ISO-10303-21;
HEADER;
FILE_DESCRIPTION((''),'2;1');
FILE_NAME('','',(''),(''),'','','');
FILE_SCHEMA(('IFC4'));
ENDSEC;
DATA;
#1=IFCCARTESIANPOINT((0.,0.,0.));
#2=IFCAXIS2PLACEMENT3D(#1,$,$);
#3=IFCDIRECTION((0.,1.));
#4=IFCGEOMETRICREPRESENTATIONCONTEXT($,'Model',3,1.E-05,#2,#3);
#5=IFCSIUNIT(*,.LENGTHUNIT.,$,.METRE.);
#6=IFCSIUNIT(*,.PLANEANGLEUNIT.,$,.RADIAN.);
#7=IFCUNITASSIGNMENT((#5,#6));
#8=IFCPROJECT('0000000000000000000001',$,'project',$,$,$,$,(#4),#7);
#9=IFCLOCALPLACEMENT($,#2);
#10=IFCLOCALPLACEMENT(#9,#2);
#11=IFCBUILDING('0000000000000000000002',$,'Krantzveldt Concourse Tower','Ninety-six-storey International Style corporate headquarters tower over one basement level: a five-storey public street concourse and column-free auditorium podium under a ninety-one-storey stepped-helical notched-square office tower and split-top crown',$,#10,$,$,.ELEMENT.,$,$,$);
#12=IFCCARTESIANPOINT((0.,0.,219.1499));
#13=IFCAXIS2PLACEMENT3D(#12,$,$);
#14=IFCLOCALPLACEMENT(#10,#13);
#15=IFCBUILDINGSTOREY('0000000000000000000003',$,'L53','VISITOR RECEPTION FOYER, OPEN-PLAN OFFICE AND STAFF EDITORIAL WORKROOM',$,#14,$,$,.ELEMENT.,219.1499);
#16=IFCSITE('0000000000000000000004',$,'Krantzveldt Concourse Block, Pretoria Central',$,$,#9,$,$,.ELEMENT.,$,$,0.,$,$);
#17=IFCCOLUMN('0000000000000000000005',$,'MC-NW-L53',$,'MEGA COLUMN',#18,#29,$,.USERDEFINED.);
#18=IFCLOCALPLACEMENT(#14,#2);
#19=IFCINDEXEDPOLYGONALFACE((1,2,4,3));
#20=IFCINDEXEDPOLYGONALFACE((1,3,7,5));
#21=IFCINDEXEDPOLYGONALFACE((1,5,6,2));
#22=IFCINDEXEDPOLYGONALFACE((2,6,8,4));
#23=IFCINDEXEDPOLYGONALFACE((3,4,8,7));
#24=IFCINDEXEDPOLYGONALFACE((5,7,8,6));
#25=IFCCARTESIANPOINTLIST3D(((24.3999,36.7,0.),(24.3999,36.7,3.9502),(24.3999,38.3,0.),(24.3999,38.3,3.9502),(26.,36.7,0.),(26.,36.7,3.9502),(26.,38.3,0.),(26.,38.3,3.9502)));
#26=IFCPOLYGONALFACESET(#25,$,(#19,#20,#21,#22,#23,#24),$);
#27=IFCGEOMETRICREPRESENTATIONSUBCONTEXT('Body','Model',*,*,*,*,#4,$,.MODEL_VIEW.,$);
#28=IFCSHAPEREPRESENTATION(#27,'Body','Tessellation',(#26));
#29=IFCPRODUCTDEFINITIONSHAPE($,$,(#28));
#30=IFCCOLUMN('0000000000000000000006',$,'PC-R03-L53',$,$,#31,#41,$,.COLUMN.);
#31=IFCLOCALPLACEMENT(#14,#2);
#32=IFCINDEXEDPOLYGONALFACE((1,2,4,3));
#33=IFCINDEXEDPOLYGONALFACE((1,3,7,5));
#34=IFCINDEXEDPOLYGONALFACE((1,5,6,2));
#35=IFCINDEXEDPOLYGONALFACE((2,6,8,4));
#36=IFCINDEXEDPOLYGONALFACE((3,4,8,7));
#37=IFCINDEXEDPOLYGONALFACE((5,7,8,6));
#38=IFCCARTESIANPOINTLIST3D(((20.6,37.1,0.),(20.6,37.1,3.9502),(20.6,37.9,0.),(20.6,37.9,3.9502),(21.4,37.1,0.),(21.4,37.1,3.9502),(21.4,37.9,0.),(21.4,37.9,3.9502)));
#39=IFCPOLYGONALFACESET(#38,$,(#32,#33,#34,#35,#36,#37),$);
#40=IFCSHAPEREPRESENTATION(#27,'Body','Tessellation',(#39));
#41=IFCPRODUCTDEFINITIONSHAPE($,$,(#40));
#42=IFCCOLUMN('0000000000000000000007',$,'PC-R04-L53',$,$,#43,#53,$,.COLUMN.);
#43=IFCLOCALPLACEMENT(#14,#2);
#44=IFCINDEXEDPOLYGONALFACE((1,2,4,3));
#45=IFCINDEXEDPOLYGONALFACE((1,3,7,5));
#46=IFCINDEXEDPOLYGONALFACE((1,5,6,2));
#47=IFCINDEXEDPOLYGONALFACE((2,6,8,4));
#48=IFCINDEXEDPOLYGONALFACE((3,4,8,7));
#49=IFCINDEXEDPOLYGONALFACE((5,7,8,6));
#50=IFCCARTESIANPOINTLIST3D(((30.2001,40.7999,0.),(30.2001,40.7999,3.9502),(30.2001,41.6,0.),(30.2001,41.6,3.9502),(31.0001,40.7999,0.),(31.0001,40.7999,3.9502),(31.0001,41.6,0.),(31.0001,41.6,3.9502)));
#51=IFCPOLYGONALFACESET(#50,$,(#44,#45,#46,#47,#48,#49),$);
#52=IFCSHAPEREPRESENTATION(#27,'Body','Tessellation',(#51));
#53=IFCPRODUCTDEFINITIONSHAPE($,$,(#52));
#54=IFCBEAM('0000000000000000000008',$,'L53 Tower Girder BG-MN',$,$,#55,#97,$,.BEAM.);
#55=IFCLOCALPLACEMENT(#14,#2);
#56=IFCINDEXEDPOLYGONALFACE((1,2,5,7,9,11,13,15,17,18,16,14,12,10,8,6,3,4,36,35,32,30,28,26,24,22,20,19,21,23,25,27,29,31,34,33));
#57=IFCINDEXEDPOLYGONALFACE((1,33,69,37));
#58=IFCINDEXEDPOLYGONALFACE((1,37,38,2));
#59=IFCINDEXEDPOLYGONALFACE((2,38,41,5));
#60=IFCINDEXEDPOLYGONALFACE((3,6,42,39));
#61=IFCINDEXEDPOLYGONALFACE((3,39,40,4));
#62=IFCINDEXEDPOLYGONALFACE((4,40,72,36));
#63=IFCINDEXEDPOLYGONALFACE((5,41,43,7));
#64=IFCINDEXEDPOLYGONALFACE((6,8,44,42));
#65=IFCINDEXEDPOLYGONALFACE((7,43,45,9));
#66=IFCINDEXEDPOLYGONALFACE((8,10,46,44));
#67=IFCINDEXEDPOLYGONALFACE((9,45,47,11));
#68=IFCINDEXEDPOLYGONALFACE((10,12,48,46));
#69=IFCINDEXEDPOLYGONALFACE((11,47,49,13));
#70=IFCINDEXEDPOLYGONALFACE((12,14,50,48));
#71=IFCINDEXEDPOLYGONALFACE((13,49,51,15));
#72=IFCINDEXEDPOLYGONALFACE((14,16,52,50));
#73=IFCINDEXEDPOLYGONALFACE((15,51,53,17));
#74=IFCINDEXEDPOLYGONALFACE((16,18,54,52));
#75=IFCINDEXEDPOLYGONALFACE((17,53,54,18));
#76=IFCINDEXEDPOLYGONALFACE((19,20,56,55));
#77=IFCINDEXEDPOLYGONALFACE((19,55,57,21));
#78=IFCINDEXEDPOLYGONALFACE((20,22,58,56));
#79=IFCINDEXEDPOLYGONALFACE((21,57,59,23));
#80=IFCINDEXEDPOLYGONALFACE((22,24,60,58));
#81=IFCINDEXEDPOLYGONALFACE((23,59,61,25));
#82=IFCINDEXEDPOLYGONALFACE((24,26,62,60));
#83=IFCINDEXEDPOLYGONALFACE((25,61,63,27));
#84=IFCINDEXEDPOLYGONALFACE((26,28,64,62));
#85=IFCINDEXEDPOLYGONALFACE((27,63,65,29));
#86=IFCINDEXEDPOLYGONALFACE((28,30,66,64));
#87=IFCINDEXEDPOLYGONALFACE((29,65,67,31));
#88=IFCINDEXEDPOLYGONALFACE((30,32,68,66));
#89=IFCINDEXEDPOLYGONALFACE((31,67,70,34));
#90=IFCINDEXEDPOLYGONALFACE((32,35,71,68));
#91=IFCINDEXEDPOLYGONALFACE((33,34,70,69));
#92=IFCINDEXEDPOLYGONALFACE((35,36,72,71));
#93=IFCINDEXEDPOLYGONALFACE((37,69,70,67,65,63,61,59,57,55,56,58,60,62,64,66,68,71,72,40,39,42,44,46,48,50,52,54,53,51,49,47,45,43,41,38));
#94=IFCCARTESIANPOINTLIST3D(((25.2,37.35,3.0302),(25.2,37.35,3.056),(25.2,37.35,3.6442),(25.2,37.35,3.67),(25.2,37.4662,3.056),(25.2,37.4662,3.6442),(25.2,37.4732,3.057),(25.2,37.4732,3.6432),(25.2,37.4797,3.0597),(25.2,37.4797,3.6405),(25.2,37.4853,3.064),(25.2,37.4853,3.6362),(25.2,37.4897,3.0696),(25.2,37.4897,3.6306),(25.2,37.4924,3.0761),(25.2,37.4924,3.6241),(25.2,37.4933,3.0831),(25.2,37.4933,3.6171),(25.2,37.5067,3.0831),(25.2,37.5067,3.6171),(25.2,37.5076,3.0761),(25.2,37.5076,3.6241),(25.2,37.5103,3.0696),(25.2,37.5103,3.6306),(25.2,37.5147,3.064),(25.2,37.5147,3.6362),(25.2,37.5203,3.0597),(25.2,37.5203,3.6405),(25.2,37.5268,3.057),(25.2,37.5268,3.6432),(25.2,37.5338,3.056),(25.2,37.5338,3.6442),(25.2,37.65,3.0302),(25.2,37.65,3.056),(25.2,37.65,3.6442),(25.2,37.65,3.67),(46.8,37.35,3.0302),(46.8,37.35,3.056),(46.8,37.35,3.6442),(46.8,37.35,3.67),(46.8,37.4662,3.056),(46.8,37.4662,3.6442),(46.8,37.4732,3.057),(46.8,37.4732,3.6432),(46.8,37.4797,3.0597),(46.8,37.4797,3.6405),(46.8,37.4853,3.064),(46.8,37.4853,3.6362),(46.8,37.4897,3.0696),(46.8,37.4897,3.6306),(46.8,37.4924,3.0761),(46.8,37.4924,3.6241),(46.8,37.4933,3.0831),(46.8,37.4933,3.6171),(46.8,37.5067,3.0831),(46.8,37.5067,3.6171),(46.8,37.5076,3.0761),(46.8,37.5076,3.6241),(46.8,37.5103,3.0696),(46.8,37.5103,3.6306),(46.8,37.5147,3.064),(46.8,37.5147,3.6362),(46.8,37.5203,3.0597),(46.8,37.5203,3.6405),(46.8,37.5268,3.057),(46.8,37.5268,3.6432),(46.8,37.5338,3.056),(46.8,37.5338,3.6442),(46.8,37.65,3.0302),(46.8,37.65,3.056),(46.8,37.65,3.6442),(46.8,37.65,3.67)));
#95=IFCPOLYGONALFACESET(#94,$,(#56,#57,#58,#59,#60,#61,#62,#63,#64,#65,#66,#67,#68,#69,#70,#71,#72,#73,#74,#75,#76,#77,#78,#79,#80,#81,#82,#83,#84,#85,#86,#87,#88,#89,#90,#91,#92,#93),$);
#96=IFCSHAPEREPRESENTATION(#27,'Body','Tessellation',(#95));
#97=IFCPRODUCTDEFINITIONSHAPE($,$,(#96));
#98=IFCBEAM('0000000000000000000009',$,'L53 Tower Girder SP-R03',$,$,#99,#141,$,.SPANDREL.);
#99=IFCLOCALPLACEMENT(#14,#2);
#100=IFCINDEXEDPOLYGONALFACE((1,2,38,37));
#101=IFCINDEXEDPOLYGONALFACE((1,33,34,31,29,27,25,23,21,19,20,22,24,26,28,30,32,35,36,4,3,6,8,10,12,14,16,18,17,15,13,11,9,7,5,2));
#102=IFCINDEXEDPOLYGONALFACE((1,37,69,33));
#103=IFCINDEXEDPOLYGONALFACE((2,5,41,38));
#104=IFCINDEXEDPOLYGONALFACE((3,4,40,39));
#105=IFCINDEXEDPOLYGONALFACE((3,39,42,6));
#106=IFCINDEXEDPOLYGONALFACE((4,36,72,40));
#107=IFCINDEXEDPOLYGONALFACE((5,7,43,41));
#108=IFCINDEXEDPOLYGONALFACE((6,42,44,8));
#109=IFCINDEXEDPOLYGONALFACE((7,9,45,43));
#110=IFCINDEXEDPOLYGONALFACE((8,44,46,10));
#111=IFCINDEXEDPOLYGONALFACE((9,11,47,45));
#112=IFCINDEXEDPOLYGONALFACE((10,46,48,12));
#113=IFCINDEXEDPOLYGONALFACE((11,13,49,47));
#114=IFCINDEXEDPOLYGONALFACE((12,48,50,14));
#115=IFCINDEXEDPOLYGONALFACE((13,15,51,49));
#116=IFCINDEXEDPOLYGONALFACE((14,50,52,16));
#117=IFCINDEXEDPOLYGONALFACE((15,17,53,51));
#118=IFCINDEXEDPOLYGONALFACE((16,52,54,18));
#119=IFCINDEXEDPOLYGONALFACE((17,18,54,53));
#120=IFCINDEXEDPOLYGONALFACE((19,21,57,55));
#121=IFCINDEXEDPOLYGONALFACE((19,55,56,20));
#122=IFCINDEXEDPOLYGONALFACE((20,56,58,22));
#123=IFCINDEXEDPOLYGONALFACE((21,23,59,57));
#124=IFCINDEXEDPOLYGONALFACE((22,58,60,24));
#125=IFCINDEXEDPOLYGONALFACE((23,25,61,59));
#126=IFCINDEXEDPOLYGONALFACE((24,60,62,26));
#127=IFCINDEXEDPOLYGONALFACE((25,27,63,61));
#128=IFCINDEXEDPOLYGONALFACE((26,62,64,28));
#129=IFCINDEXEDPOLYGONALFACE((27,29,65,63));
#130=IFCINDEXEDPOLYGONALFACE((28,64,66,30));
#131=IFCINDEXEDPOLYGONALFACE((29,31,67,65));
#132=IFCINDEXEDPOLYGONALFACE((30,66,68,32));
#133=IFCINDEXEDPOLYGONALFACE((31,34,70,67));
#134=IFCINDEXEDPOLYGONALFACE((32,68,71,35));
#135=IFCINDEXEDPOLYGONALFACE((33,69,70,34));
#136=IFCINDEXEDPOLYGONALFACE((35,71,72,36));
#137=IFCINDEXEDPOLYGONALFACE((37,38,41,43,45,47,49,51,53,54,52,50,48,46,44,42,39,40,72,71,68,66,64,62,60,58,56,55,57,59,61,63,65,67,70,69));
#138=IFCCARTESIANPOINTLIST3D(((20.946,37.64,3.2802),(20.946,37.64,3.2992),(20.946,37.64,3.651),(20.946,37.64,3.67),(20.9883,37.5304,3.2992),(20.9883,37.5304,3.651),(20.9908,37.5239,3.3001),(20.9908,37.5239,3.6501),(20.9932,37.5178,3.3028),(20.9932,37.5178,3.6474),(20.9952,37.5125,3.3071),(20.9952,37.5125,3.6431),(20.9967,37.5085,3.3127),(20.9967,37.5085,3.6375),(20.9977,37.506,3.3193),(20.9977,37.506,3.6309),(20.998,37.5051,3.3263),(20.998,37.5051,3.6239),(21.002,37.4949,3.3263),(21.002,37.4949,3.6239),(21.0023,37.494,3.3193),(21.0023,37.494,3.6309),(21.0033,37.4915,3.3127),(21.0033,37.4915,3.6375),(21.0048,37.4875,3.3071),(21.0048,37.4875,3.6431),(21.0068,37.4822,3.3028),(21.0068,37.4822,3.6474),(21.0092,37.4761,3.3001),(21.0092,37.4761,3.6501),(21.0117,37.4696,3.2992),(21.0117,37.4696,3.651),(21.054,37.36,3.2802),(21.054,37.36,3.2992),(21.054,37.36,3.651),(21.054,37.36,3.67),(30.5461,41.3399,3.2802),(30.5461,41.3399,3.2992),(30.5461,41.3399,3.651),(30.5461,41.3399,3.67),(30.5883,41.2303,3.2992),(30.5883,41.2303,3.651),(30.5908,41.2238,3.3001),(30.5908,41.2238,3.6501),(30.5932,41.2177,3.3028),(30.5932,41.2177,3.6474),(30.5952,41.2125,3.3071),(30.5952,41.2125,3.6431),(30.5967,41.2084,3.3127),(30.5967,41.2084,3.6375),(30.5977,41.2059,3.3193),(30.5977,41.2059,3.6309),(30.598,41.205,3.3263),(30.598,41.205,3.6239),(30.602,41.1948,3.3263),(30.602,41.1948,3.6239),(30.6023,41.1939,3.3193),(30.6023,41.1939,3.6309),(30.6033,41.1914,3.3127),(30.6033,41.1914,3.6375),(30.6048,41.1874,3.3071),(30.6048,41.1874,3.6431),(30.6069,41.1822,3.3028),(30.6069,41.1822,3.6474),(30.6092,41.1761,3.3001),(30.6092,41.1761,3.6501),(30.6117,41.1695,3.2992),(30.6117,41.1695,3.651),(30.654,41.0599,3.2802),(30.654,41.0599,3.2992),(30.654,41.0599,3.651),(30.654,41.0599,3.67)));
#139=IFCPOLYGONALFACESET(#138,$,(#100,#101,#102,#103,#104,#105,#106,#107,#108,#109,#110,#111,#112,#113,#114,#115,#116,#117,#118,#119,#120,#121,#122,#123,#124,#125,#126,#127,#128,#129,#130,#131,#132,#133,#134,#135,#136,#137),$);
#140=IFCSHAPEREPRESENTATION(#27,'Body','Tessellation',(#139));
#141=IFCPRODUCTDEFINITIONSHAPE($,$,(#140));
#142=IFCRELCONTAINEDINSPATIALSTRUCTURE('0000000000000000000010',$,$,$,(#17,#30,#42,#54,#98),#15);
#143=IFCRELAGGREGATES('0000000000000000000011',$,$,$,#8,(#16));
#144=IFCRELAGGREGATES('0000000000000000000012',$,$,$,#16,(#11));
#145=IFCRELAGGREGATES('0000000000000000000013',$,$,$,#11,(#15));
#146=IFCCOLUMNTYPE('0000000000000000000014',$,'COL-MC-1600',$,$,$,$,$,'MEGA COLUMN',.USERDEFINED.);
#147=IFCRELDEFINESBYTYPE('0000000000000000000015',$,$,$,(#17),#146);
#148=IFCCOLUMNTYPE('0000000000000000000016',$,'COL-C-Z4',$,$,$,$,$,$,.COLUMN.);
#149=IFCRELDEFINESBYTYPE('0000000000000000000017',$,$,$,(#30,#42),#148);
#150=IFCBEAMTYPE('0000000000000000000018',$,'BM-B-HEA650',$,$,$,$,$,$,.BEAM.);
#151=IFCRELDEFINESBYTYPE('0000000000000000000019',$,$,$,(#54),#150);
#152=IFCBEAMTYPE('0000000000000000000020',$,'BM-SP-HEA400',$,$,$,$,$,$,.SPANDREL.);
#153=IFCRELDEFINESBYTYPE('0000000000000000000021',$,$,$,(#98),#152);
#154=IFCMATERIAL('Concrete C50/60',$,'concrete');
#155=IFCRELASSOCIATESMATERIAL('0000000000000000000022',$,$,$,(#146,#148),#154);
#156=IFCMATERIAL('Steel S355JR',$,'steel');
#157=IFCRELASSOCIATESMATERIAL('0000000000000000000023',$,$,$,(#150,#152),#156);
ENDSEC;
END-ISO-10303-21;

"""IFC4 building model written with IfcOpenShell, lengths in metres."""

from ifc_helpers import new_model, si_unit, direction, frame, origin, origin_2d, place, context, subcontext, project, spatial, rectangle, i_section, extrude, source, transform, mapped, material, material_profile, profile_set, type_object, type_shapes, element, save


model = new_model("IFC4")

# Units and contexts
model_context = context("Model", 3, precision=1e-05, world=origin(), true_north=direction((0.0, 1.0)))
body_context = subcontext(model_context, "Body", "Model", "MODEL_VIEW")
ifc_project = project(units=[si_unit("LENGTHUNIT", "METRE"), si_unit("PLANEANGLEUNIT", "RADIAN")], contexts=[model_context])

# Site, building, storey
site_placement = place(None, origin())
site = spatial("IfcSite", under=ifc_project, at=site_placement, Name="Krantzveldt Concourse Block, Pretoria Central", CompositionType="ELEMENT", RefElevation=0.0)
building_placement = place(site_placement, origin())
building = spatial("IfcBuilding", under=site, at=building_placement, Name="Krantzveldt Concourse Tower", Description="Ninety-six-storey International Style corporate headquarters tower over one basement level: a five-storey public street concourse and column-free auditorium podium under a ninety-one-storey stepped-helical notched-square office tower and split-top crown", CompositionType="ELEMENT")
storey_placement = place(building_placement, frame((0.0, 0.0, 219.1499)))
storey = spatial("IfcBuildingStorey", under=building, at=storey_placement, Name="L53", Description="VISITOR RECEPTION FOYER, OPEN-PLAN OFFICE AND STAFF EDITORIAL WORKROOM", CompositionType="ELEMENT", Elevation=219.1499)

# Columns
ifc_material_1 = material(Name="Concrete C50/60", Category="concrete")
ifc_material_profile_1 = material_profile(ifc_material_1, rectangle(XDim=1.6001, YDim=1.6001, at=origin_2d()), Name="Concrete C50/60", Category="concrete")
ifc_profile_set_1 = profile_set([ifc_material_profile_1], Name="Concrete C50/60 - RC 1600x1600")
column_type_1 = type_object("IfcColumnType", Name="COL-MC-1600", ElementType="MEGA COLUMN", PredefinedType="USERDEFINED", material=ifc_profile_set_1)
shared_shape_1 = source(origin(), body_context, "Body", "SweptSolid", [
    extrude(rectangle(XDim=1.6001, YDim=1.6001, at=origin_2d()), origin(), (0.0, 0.0, 1.0), 3.9502),
])
type_shapes(column_type_1, [shared_shape_1])
column_placement = place(storey_placement, frame((25.2, 37.5, 0.0), z_axis=(0.0, 0.0, 1.0), x_axis=(1.0, 0.0, 0.0)))
element("IfcColumn", 1, at=column_placement, inside=storey, type_object=column_type_1, Name="MC-NW-L53", ObjectType="MEGA COLUMN", PredefinedType="USERDEFINED", context=body_context, shape_type="MappedRepresentation", body=[
    mapped(shared_shape_1, transform((0.0, 0.0, 0.0), x_axis=(1.0, 0.0, 0.0), y_axis=(0.0, 1.0, 0.0), z_axis=(0.0, 0.0, 1.0), scale=1.0)),
])
ifc_material_profile_2 = material_profile(ifc_material_1, rectangle(XDim=0.8, YDim=0.8, at=origin_2d()), Name="Concrete C50/60", Category="concrete")
ifc_profile_set_2 = profile_set([ifc_material_profile_2], Name="Concrete C50/60 - RC 800x800")
column_type_2 = type_object("IfcColumnType", Name="COL-C-Z4", PredefinedType="COLUMN", material=ifc_profile_set_2)
shared_shape_2 = source(origin(), body_context, "Body", "SweptSolid", [
    extrude(rectangle(XDim=0.8, YDim=0.8, at=origin_2d()), origin(), (0.0, 0.0, 1.0), 3.9502),
])
type_shapes(column_type_2, [shared_shape_2])
for number, where, z_axis, x_axis, name in (
    (2, (21.0, 37.5, 0.0), (0.0, 0.0, 1.0), (1.0, 0.0, 0.0), "PC-R03-L53"),
    (3, (30.6001, 41.2, 0.0), (0.0, 0.0, 1.0), (1.0, 0.0, 0.0), "PC-R04-L53"),
):
    element("IfcColumn", number, at=place(storey_placement, frame(where, z_axis=z_axis, x_axis=x_axis)), inside=storey, type_object=column_type_2, Name=name, PredefinedType="COLUMN", context=body_context, shape_type="MappedRepresentation", body=[
        mapped(shared_shape_2, transform((0.0, 0.0, 0.0), x_axis=(1.0, 0.0, 0.0), y_axis=(0.0, 1.0, 0.0), z_axis=(0.0, 0.0, 1.0), scale=1.0)),
    ])

# Beams
ifc_material_2 = material(Name="Steel S355JR", Category="steel")
ifc_material_profile_3 = material_profile(ifc_material_2, i_section(OverallWidth=0.3, OverallDepth=0.6399, WebThickness=0.0134, FlangeThickness=0.0259, FilletRadius=0.0271, at=origin_2d()), Name="Steel S355JR", Category="steel")
ifc_profile_set_3 = profile_set([ifc_material_profile_3], Name="Steel S355JR - HEA 650")
beam_type_1 = type_object("IfcBeamType", Name="BM-B-HEA650", PredefinedType="BEAM", material=ifc_profile_set_3)
shared_shape_3 = source(origin(), body_context, "Body", "SweptSolid", [
    extrude(i_section(OverallWidth=0.3, OverallDepth=0.6399, WebThickness=0.0134, FlangeThickness=0.0259, FilletRadius=0.0271, at=origin_2d()), origin(), (0.0, 0.0, 1.0), 21.6001),
])
type_shapes(beam_type_1, [shared_shape_3])
beam_1_placement = place(storey_placement, frame((25.2, 37.5, 3.3501), z_axis=(1.0, 0.0, 0.0), x_axis=(0.0, 1.0, 0.0)))
element("IfcBeam", 4, at=beam_1_placement, inside=storey, type_object=beam_type_1, Name="L53 Tower Girder BG-MN", PredefinedType="BEAM", context=body_context, shape_type="MappedRepresentation", body=[
    mapped(shared_shape_3, transform((0.0, 0.0, 0.0), x_axis=(1.0, 0.0, 0.0), y_axis=(0.0, 1.0, 0.0), z_axis=(0.0, 0.0, 1.0), scale=1.0)),
])
ifc_material_profile_4 = material_profile(ifc_material_2, i_section(OverallWidth=0.3, OverallDepth=0.3899, WebThickness=0.011, FlangeThickness=0.019, FilletRadius=0.0271, at=origin_2d()), Name="Steel S355JR", Category="steel")
ifc_profile_set_4 = profile_set([ifc_material_profile_4], Name="Steel S355JR - HEA 400")
beam_type_2 = type_object("IfcBeamType", Name="BM-SP-HEA400", PredefinedType="SPANDREL", material=ifc_profile_set_4)
shared_shape_4 = source(origin(), body_context, "Body", "SweptSolid", [
    extrude(i_section(OverallWidth=0.3, OverallDepth=0.3899, WebThickness=0.011, FlangeThickness=0.019, FilletRadius=0.0271, at=origin_2d()), origin(), (0.0, 0.0, 1.0), 10.2883),
])
beam_2_placement = place(storey_placement, frame((21.0, 37.5, 3.4751), z_axis=(0.933098, 0.359623, 0.0), x_axis=(-0.359623, 0.933098, 0.0)))
element("IfcBeam", 5, at=beam_2_placement, inside=storey, type_object=beam_type_2, Name="L53 Tower Girder SP-R03", PredefinedType="SPANDREL", context=body_context, shape_type="MappedRepresentation", body=[
    mapped(shared_shape_4, transform((0.0, 0.0, 0.0), x_axis=(1.0, 0.0, 0.0), y_axis=(0.0, 1.0, 0.0), z_axis=(0.0, 0.0, 1.0), scale=1.0)),
])

save(model, "model.ifc")
